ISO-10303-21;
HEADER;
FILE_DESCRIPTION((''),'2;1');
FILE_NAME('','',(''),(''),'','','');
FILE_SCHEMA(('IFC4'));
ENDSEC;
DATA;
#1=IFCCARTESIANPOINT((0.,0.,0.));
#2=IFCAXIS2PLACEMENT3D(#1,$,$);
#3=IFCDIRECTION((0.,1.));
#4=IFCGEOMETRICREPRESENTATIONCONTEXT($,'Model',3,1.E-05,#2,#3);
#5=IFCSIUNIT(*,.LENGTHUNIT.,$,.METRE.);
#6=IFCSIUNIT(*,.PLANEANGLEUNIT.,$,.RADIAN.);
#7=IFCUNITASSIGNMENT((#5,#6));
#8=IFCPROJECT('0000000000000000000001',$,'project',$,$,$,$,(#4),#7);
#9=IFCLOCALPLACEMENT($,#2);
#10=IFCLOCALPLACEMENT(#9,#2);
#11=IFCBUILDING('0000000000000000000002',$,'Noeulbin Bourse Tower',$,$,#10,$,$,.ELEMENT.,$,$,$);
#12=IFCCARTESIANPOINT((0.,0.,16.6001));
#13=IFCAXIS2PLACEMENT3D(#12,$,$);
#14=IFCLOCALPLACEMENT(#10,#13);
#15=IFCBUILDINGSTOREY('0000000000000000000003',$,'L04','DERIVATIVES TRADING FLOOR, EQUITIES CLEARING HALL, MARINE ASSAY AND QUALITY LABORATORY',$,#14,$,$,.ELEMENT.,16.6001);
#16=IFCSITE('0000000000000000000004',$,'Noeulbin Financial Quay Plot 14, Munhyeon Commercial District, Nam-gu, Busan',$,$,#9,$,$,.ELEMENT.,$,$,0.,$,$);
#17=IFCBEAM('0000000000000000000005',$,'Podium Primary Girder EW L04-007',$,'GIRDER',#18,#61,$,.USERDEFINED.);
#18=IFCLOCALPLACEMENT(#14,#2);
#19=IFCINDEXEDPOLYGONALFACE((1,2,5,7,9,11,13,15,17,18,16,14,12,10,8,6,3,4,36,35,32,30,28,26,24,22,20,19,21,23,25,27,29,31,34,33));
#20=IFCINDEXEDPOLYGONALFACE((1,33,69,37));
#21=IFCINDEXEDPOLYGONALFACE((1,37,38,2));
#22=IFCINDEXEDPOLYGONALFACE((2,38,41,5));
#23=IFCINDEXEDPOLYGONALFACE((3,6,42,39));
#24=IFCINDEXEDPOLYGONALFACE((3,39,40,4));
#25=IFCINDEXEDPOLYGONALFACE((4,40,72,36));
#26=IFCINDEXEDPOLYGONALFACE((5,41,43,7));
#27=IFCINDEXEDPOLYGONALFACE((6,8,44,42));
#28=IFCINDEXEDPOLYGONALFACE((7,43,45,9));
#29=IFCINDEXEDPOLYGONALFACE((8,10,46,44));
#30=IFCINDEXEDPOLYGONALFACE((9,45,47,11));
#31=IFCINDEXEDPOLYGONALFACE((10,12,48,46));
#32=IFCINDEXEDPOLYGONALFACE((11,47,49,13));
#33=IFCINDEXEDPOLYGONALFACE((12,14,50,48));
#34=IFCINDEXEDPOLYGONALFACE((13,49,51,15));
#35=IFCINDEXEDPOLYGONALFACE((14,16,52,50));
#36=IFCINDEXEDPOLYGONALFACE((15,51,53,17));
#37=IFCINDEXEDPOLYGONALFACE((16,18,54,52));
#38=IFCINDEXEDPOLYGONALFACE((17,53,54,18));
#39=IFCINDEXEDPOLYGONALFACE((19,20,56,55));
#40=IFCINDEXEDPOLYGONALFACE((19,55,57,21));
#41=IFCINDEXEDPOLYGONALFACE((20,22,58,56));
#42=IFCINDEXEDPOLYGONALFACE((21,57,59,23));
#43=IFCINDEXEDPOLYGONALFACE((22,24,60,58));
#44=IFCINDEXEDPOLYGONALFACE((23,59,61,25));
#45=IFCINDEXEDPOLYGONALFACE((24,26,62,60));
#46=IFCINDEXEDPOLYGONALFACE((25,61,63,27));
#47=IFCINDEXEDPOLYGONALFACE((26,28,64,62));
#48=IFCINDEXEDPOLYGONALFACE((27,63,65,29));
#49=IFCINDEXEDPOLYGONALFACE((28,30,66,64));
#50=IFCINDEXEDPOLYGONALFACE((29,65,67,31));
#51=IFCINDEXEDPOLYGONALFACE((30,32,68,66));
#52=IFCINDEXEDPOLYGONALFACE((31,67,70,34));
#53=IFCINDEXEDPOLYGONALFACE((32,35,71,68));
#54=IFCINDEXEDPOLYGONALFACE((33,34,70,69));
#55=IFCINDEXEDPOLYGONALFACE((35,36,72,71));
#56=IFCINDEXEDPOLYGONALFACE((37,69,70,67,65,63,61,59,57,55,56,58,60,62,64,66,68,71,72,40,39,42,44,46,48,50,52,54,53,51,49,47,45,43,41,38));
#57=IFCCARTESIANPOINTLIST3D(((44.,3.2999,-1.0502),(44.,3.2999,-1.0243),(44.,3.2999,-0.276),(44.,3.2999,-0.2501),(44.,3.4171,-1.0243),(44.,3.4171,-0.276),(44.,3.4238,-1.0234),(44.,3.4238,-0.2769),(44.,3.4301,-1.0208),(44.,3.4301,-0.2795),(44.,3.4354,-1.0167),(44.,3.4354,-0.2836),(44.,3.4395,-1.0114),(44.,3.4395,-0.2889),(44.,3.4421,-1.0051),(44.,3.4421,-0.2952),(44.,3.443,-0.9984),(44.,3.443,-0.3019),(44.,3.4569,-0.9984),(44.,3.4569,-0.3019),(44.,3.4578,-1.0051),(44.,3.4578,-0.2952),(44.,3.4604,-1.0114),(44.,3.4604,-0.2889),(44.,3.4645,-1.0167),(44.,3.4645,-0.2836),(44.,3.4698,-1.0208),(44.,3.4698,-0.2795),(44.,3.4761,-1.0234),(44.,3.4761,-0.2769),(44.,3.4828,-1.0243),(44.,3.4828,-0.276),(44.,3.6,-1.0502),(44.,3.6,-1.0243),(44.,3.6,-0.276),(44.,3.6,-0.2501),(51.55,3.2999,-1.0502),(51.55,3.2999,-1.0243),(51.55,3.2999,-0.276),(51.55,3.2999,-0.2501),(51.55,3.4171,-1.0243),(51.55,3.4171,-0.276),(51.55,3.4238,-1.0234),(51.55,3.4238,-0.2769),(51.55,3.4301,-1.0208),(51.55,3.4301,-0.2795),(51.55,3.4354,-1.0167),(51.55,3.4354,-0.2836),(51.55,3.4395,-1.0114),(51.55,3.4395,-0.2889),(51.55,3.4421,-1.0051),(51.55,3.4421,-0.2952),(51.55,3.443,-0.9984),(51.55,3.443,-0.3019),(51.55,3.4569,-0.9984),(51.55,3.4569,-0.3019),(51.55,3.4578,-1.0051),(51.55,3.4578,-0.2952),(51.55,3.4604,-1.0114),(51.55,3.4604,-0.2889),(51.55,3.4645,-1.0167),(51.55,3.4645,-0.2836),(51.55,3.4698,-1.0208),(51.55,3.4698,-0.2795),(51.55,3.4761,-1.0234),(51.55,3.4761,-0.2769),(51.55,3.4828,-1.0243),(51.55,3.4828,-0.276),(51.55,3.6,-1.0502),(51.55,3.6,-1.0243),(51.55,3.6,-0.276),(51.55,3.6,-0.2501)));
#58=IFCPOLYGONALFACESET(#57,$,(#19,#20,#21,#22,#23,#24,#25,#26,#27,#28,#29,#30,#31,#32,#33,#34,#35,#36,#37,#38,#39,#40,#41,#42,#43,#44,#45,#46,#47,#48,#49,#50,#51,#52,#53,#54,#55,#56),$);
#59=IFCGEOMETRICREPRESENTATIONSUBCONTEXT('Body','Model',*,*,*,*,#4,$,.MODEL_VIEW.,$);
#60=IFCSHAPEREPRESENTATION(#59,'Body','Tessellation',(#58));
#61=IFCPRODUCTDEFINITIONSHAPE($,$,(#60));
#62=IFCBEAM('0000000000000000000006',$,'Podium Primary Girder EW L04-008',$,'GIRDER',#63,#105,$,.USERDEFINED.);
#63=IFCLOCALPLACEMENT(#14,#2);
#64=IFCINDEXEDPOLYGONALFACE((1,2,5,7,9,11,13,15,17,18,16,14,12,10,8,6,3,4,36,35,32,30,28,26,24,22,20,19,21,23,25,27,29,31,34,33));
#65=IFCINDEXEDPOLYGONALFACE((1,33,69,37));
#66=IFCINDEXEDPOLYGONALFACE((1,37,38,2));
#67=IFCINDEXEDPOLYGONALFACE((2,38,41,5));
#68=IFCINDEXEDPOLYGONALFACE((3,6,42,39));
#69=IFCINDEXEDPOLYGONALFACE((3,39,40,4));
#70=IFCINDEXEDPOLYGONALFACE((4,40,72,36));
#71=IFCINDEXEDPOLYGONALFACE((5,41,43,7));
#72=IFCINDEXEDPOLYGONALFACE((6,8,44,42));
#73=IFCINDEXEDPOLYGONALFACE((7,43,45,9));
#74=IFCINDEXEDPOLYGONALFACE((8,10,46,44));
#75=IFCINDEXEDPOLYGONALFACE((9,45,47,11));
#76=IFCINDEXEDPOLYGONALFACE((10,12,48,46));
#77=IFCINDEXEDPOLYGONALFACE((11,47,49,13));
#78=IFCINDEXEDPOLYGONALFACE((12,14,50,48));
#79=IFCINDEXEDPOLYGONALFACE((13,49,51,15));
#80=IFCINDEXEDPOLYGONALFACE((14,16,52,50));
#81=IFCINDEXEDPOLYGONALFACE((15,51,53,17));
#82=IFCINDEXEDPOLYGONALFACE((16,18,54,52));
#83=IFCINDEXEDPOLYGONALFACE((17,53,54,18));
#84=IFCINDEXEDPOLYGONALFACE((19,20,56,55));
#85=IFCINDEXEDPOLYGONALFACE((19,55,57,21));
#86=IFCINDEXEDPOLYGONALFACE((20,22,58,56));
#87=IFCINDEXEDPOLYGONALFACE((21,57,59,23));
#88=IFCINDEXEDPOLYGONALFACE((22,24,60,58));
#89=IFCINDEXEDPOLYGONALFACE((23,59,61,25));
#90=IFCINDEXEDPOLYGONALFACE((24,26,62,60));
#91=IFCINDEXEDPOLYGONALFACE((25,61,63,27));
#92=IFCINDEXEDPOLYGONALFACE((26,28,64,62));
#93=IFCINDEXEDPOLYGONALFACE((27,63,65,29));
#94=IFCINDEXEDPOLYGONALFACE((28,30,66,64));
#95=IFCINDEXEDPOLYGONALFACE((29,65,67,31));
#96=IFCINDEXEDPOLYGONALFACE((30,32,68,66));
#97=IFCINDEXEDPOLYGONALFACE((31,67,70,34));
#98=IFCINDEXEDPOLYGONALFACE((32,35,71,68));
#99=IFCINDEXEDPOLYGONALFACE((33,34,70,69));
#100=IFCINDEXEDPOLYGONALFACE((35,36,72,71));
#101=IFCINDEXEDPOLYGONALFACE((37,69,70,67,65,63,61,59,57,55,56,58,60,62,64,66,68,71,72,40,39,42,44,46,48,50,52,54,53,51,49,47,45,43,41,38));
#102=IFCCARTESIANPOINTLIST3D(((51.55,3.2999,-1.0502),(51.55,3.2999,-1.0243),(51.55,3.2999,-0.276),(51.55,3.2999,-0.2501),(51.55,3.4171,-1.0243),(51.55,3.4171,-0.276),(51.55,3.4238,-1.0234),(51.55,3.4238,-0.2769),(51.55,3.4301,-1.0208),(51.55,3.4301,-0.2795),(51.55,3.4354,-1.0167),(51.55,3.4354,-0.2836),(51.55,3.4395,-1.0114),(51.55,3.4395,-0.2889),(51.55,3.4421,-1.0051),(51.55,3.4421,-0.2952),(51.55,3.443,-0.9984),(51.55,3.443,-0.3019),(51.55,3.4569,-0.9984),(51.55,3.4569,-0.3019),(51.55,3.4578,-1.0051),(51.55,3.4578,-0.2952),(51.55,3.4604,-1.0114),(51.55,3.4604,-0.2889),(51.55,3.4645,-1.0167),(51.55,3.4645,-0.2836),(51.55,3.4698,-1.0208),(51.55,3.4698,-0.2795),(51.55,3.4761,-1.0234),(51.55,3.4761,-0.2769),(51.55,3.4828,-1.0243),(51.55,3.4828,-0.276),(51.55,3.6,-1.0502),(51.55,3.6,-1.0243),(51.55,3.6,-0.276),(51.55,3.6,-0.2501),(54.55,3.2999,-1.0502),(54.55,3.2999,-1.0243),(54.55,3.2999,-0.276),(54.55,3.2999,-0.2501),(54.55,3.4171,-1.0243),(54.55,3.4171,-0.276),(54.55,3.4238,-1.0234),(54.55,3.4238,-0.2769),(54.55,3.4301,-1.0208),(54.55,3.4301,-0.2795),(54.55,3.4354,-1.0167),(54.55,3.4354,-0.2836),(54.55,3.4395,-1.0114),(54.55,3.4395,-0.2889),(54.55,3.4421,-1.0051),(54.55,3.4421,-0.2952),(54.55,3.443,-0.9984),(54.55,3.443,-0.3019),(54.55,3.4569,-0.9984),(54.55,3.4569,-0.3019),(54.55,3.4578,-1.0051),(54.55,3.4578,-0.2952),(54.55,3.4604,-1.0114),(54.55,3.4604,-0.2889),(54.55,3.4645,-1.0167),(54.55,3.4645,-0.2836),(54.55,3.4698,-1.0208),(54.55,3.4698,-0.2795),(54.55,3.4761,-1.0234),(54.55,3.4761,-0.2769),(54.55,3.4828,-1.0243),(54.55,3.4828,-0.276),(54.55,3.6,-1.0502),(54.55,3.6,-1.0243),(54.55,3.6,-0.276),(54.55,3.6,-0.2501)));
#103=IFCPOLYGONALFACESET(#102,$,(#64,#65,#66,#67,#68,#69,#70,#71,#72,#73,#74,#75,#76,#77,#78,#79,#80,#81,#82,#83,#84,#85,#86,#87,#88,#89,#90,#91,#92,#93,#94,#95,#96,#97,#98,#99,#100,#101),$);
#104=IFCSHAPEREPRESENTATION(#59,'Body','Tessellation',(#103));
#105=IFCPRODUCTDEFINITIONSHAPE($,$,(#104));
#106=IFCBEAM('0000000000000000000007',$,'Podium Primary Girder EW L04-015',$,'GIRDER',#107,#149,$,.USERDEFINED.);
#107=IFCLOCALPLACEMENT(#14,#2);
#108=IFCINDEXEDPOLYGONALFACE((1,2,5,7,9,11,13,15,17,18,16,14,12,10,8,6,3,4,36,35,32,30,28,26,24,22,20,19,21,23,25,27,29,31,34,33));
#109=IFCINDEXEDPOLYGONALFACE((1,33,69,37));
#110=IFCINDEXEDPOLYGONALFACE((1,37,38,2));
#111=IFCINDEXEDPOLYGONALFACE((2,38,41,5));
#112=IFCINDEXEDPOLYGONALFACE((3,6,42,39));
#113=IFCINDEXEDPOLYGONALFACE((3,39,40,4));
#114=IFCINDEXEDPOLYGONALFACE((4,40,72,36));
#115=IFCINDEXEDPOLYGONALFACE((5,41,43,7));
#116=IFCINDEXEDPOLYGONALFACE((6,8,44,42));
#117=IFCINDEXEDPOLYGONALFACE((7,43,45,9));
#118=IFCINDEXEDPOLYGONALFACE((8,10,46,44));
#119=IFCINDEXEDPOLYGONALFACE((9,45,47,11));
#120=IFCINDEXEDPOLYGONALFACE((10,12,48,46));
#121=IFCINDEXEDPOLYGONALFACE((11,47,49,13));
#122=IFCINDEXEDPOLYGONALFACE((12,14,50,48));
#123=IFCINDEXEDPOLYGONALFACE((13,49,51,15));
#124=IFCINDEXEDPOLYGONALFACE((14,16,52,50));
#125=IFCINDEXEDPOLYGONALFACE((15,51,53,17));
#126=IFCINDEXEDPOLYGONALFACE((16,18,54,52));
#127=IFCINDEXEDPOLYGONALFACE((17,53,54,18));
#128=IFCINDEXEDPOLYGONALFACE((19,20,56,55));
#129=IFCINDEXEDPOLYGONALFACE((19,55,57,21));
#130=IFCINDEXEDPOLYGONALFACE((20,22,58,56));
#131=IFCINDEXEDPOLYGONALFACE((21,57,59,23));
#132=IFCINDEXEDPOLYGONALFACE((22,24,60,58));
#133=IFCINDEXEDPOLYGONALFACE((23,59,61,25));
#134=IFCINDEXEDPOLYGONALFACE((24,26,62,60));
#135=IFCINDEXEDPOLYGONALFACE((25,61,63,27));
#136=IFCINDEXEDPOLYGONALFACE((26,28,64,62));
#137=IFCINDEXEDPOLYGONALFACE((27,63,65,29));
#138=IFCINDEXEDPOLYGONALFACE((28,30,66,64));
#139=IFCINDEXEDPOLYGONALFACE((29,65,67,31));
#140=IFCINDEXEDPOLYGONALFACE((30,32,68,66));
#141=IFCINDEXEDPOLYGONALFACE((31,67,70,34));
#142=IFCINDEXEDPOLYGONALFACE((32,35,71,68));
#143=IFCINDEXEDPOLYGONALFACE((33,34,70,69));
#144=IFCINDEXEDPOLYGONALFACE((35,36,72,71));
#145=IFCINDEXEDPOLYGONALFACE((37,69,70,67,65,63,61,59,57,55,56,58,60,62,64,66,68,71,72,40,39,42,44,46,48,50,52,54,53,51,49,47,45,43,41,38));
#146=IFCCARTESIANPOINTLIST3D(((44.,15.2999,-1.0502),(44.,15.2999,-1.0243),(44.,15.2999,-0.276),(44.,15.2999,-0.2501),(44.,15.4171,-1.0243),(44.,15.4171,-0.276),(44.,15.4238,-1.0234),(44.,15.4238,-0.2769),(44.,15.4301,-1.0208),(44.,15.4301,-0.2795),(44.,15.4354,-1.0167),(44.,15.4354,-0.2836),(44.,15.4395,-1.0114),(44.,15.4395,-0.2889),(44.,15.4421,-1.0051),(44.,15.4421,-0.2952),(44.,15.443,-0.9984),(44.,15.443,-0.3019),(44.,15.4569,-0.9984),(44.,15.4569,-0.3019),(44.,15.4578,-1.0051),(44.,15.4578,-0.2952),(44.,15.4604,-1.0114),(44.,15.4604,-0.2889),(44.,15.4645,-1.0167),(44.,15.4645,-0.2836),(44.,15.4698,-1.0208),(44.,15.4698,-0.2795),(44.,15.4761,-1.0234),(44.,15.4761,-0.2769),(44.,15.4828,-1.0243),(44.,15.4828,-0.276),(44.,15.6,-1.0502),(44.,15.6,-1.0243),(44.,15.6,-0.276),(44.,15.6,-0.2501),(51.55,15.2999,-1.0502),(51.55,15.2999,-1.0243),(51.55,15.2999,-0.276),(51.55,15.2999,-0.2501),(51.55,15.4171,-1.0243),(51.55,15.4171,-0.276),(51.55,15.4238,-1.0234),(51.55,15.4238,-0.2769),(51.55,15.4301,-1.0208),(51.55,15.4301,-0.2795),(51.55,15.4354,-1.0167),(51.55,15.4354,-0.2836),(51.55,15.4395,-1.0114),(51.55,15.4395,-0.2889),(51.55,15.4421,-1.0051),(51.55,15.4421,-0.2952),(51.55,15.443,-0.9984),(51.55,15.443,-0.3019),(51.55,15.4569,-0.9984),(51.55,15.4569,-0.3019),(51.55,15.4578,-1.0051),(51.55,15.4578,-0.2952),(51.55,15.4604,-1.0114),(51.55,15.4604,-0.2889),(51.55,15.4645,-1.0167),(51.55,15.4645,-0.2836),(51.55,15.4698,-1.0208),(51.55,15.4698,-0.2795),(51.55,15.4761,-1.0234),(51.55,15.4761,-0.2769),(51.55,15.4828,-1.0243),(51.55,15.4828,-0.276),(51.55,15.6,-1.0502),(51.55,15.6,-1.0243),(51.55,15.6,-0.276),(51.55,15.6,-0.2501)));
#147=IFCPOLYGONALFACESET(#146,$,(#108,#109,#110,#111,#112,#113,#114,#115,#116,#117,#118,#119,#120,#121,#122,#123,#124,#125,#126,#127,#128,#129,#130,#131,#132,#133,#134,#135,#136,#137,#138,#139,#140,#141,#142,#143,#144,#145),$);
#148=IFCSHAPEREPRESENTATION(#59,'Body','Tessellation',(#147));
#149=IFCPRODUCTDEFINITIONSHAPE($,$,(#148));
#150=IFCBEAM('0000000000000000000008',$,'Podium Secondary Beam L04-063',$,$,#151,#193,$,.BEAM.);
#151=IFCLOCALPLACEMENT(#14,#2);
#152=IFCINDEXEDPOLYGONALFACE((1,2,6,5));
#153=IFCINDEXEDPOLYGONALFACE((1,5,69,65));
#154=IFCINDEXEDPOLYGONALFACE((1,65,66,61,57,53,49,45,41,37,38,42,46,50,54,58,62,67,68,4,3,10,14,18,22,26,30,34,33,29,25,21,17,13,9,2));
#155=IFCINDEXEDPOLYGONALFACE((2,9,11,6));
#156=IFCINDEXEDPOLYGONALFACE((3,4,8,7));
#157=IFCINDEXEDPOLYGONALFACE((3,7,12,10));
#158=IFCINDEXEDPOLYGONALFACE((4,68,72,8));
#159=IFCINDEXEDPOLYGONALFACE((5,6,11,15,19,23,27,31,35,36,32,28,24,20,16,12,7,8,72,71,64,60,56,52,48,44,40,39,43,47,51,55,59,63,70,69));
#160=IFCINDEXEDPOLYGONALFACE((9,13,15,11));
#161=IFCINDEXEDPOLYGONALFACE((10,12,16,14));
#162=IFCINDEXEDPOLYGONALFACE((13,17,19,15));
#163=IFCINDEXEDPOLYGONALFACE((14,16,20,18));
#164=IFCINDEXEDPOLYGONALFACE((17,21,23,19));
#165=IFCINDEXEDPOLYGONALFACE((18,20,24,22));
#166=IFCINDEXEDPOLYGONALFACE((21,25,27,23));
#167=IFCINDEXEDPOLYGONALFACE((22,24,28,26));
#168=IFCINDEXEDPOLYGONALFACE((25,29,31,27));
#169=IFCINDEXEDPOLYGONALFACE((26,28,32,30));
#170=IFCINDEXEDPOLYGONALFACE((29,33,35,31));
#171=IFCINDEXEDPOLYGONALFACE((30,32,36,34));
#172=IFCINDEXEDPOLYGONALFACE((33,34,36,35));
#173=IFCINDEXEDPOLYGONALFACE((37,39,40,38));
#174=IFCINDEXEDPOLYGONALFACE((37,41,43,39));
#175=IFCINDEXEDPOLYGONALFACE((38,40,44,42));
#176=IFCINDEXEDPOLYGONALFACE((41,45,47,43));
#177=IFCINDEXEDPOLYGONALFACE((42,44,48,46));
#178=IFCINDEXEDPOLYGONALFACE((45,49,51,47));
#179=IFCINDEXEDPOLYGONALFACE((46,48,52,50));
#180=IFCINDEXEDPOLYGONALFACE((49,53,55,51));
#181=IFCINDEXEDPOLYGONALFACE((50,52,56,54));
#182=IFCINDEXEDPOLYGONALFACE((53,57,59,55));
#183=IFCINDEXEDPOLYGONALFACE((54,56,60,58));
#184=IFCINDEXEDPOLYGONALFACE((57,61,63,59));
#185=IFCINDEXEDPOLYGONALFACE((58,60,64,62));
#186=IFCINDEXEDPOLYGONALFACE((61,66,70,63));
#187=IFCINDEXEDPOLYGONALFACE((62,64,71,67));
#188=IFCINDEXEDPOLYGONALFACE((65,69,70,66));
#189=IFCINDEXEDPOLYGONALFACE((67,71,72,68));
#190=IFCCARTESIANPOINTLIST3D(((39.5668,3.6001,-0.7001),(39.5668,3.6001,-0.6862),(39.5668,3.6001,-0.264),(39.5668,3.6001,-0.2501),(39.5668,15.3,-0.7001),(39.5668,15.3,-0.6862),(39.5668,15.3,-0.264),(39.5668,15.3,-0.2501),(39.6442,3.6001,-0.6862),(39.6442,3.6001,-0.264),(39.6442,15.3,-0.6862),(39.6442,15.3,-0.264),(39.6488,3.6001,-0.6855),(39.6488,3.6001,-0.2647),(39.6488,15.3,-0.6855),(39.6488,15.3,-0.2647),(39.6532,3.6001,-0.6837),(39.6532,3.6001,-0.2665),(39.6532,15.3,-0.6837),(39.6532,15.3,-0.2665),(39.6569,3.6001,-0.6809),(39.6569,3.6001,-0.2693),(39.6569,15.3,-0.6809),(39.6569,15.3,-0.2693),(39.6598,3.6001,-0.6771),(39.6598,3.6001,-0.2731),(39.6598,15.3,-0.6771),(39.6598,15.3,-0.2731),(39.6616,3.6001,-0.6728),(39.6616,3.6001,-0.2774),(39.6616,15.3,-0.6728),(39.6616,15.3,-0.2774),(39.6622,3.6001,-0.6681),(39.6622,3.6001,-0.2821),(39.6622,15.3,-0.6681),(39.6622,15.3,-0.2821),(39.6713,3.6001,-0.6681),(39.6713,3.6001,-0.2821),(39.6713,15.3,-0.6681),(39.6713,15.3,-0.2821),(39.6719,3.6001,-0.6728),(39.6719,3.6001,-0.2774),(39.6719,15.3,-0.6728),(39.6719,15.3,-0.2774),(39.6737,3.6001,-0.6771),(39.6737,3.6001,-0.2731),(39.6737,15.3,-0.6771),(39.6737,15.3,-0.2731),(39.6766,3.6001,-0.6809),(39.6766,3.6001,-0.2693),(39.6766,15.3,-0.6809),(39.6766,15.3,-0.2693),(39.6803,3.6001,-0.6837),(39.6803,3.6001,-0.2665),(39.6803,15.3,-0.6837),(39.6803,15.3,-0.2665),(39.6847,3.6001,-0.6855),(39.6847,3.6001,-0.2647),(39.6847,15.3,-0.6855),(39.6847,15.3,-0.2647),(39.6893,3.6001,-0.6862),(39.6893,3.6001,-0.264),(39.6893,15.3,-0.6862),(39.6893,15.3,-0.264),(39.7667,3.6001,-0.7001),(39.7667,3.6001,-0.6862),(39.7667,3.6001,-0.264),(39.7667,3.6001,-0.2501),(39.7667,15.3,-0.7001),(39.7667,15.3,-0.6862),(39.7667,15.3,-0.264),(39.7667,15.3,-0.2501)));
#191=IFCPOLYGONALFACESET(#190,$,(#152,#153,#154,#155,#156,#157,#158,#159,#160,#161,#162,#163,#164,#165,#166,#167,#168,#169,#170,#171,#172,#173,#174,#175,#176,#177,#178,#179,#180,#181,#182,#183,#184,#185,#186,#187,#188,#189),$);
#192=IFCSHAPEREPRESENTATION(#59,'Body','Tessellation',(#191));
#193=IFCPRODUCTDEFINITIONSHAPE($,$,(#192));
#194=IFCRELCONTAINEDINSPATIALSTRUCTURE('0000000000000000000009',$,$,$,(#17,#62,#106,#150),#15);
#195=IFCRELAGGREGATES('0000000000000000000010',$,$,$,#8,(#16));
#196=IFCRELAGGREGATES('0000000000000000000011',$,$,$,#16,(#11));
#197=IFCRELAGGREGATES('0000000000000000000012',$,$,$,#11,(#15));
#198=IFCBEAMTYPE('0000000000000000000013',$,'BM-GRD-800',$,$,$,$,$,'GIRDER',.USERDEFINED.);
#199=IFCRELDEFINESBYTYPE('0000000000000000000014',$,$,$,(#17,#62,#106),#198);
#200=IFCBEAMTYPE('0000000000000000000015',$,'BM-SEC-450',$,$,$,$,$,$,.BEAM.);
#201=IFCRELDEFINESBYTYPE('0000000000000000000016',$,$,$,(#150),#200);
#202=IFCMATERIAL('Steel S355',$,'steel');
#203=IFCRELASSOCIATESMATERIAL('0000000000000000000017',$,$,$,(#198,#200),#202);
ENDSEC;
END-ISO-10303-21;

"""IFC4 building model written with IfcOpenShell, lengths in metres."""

from ifc_helpers import new_model, si_unit, direction, frame, origin, origin_2d, place, context, subcontext, project, spatial, i_section, extrude, material, material_profile, profile_set, type_object, element, save


model = new_model("IFC4")

# Units and contexts
model_context = context("Model", 3, precision=1e-05, world=origin(), true_north=direction((0.0, 1.0)))
body_context = subcontext(model_context, "Body", "Model", "MODEL_VIEW")
ifc_project = project(units=[si_unit("LENGTHUNIT", "METRE"), si_unit("PLANEANGLEUNIT", "RADIAN")], contexts=[model_context])

# Site, building, storey
site_placement = place(None, origin())
site = spatial("IfcSite", under=ifc_project, at=site_placement, Name="Noeulbin Financial Quay Plot 14, Munhyeon Commercial District, Nam-gu, Busan", CompositionType="ELEMENT", RefElevation=0.0)
building_placement = place(site_placement, origin())
building = spatial("IfcBuilding", under=site, at=building_placement, Name="Noeulbin Bourse Tower", CompositionType="ELEMENT")
storey_placement = place(building_placement, frame((0.0, 0.0, 16.6001)))
storey = spatial("IfcBuildingStorey", under=building, at=storey_placement, Name="L04", Description="DERIVATIVES TRADING FLOOR, EQUITIES CLEARING HALL, MARINE ASSAY AND QUALITY LABORATORY", CompositionType="ELEMENT", Elevation=16.6001)

# Beams
ifc_material_1 = material(Name="Steel S355", Category="steel")
ifc_material_profile_1 = material_profile(ifc_material_1, i_section(OverallWidth=0.3, OverallDepth=0.8, WebThickness=0.0139, FlangeThickness=0.0259, FilletRadius=0.0259, at=origin_2d()), Name="H-800x300x14x26", Category="LoadBearing")
ifc_profile_set_1 = profile_set([ifc_material_profile_1], Name="Steel S355")
beam_type_1 = type_object("IfcBeamType", Name="BM-GRD-800", ElementType="GIRDER", PredefinedType="USERDEFINED", material=ifc_profile_set_1)
beam_1_placement = place(storey_placement, frame((44.0, 3.45, -0.6501), z_axis=(1.0, 0.0, 0.0), x_axis=(0.0, 1.0, 0.0)))
element("IfcBeam", 1, at=beam_1_placement, inside=storey, type_object=beam_type_1, Name="Podium Primary Girder EW L04-007", ObjectType="GIRDER", PredefinedType="USERDEFINED", context=body_context, shape_type="SweptSolid", body=[
    extrude(i_section(OverallWidth=0.3, OverallDepth=0.8, WebThickness=0.0139, FlangeThickness=0.0259, FilletRadius=0.0259, at=origin_2d()), origin(), (0.0, 0.0, 1.0), 7.55),
])
beam_2_placement = place(storey_placement, frame((51.55, 3.45, -0.6501), z_axis=(1.0, 0.0, 0.0), x_axis=(0.0, 1.0, 0.0)))
element("IfcBeam", 2, at=beam_2_placement, inside=storey, type_object=beam_type_1, Name="Podium Primary Girder EW L04-008", ObjectType="GIRDER", PredefinedType="USERDEFINED", context=body_context, shape_type="SweptSolid", body=[
    extrude(i_section(OverallWidth=0.3, OverallDepth=0.8, WebThickness=0.0139, FlangeThickness=0.0259, FilletRadius=0.0259, at=origin_2d()), origin(), (0.0, 0.0, 1.0), 3.0),
])
beam_3_placement = place(storey_placement, frame((44.0, 15.45, -0.6501), z_axis=(1.0, 0.0, 0.0), x_axis=(0.0, 1.0, 0.0)))
element("IfcBeam", 3, at=beam_3_placement, inside=storey, type_object=beam_type_1, Name="Podium Primary Girder EW L04-015", ObjectType="GIRDER", PredefinedType="USERDEFINED", context=body_context, shape_type="SweptSolid", body=[
    extrude(i_section(OverallWidth=0.3, OverallDepth=0.8, WebThickness=0.0139, FlangeThickness=0.0259, FilletRadius=0.0259, at=origin_2d()), origin(), (0.0, 0.0, 1.0), 7.55),
])
ifc_material_profile_2 = material_profile(ifc_material_1, i_section(OverallWidth=0.2, OverallDepth=0.45, WebThickness=0.009, FlangeThickness=0.0139, FilletRadius=0.0181, at=origin_2d()), Name="H-450x200x9x14", Category="LoadBearing")
ifc_profile_set_2 = profile_set([ifc_material_profile_2], Name="Steel S355")
beam_type_2 = type_object("IfcBeamType", Name="BM-SEC-450", PredefinedType="BEAM", material=ifc_profile_set_2)
for number, where, z_axis, x_axis, name in (
    (4, (39.6667, 3.6001, -0.4751), (0.0, 1.0, 0.0), (-1.0, 0.0, 0.0), "Podium Secondary Beam L04-063"),
):
    element("IfcBeam", number, at=place(storey_placement, frame(where, z_axis=z_axis, x_axis=x_axis)), inside=storey, type_object=beam_type_2, Name=name, PredefinedType="BEAM", context=body_context, shape_type="SweptSolid", body=[
        extrude(i_section(OverallWidth=0.2, OverallDepth=0.45, WebThickness=0.009, FlangeThickness=0.0139, FilletRadius=0.0181, at=origin_2d()), origin(), (0.0, 0.0, 1.0), 11.7),
    ])

save(model, "model.ifc")
